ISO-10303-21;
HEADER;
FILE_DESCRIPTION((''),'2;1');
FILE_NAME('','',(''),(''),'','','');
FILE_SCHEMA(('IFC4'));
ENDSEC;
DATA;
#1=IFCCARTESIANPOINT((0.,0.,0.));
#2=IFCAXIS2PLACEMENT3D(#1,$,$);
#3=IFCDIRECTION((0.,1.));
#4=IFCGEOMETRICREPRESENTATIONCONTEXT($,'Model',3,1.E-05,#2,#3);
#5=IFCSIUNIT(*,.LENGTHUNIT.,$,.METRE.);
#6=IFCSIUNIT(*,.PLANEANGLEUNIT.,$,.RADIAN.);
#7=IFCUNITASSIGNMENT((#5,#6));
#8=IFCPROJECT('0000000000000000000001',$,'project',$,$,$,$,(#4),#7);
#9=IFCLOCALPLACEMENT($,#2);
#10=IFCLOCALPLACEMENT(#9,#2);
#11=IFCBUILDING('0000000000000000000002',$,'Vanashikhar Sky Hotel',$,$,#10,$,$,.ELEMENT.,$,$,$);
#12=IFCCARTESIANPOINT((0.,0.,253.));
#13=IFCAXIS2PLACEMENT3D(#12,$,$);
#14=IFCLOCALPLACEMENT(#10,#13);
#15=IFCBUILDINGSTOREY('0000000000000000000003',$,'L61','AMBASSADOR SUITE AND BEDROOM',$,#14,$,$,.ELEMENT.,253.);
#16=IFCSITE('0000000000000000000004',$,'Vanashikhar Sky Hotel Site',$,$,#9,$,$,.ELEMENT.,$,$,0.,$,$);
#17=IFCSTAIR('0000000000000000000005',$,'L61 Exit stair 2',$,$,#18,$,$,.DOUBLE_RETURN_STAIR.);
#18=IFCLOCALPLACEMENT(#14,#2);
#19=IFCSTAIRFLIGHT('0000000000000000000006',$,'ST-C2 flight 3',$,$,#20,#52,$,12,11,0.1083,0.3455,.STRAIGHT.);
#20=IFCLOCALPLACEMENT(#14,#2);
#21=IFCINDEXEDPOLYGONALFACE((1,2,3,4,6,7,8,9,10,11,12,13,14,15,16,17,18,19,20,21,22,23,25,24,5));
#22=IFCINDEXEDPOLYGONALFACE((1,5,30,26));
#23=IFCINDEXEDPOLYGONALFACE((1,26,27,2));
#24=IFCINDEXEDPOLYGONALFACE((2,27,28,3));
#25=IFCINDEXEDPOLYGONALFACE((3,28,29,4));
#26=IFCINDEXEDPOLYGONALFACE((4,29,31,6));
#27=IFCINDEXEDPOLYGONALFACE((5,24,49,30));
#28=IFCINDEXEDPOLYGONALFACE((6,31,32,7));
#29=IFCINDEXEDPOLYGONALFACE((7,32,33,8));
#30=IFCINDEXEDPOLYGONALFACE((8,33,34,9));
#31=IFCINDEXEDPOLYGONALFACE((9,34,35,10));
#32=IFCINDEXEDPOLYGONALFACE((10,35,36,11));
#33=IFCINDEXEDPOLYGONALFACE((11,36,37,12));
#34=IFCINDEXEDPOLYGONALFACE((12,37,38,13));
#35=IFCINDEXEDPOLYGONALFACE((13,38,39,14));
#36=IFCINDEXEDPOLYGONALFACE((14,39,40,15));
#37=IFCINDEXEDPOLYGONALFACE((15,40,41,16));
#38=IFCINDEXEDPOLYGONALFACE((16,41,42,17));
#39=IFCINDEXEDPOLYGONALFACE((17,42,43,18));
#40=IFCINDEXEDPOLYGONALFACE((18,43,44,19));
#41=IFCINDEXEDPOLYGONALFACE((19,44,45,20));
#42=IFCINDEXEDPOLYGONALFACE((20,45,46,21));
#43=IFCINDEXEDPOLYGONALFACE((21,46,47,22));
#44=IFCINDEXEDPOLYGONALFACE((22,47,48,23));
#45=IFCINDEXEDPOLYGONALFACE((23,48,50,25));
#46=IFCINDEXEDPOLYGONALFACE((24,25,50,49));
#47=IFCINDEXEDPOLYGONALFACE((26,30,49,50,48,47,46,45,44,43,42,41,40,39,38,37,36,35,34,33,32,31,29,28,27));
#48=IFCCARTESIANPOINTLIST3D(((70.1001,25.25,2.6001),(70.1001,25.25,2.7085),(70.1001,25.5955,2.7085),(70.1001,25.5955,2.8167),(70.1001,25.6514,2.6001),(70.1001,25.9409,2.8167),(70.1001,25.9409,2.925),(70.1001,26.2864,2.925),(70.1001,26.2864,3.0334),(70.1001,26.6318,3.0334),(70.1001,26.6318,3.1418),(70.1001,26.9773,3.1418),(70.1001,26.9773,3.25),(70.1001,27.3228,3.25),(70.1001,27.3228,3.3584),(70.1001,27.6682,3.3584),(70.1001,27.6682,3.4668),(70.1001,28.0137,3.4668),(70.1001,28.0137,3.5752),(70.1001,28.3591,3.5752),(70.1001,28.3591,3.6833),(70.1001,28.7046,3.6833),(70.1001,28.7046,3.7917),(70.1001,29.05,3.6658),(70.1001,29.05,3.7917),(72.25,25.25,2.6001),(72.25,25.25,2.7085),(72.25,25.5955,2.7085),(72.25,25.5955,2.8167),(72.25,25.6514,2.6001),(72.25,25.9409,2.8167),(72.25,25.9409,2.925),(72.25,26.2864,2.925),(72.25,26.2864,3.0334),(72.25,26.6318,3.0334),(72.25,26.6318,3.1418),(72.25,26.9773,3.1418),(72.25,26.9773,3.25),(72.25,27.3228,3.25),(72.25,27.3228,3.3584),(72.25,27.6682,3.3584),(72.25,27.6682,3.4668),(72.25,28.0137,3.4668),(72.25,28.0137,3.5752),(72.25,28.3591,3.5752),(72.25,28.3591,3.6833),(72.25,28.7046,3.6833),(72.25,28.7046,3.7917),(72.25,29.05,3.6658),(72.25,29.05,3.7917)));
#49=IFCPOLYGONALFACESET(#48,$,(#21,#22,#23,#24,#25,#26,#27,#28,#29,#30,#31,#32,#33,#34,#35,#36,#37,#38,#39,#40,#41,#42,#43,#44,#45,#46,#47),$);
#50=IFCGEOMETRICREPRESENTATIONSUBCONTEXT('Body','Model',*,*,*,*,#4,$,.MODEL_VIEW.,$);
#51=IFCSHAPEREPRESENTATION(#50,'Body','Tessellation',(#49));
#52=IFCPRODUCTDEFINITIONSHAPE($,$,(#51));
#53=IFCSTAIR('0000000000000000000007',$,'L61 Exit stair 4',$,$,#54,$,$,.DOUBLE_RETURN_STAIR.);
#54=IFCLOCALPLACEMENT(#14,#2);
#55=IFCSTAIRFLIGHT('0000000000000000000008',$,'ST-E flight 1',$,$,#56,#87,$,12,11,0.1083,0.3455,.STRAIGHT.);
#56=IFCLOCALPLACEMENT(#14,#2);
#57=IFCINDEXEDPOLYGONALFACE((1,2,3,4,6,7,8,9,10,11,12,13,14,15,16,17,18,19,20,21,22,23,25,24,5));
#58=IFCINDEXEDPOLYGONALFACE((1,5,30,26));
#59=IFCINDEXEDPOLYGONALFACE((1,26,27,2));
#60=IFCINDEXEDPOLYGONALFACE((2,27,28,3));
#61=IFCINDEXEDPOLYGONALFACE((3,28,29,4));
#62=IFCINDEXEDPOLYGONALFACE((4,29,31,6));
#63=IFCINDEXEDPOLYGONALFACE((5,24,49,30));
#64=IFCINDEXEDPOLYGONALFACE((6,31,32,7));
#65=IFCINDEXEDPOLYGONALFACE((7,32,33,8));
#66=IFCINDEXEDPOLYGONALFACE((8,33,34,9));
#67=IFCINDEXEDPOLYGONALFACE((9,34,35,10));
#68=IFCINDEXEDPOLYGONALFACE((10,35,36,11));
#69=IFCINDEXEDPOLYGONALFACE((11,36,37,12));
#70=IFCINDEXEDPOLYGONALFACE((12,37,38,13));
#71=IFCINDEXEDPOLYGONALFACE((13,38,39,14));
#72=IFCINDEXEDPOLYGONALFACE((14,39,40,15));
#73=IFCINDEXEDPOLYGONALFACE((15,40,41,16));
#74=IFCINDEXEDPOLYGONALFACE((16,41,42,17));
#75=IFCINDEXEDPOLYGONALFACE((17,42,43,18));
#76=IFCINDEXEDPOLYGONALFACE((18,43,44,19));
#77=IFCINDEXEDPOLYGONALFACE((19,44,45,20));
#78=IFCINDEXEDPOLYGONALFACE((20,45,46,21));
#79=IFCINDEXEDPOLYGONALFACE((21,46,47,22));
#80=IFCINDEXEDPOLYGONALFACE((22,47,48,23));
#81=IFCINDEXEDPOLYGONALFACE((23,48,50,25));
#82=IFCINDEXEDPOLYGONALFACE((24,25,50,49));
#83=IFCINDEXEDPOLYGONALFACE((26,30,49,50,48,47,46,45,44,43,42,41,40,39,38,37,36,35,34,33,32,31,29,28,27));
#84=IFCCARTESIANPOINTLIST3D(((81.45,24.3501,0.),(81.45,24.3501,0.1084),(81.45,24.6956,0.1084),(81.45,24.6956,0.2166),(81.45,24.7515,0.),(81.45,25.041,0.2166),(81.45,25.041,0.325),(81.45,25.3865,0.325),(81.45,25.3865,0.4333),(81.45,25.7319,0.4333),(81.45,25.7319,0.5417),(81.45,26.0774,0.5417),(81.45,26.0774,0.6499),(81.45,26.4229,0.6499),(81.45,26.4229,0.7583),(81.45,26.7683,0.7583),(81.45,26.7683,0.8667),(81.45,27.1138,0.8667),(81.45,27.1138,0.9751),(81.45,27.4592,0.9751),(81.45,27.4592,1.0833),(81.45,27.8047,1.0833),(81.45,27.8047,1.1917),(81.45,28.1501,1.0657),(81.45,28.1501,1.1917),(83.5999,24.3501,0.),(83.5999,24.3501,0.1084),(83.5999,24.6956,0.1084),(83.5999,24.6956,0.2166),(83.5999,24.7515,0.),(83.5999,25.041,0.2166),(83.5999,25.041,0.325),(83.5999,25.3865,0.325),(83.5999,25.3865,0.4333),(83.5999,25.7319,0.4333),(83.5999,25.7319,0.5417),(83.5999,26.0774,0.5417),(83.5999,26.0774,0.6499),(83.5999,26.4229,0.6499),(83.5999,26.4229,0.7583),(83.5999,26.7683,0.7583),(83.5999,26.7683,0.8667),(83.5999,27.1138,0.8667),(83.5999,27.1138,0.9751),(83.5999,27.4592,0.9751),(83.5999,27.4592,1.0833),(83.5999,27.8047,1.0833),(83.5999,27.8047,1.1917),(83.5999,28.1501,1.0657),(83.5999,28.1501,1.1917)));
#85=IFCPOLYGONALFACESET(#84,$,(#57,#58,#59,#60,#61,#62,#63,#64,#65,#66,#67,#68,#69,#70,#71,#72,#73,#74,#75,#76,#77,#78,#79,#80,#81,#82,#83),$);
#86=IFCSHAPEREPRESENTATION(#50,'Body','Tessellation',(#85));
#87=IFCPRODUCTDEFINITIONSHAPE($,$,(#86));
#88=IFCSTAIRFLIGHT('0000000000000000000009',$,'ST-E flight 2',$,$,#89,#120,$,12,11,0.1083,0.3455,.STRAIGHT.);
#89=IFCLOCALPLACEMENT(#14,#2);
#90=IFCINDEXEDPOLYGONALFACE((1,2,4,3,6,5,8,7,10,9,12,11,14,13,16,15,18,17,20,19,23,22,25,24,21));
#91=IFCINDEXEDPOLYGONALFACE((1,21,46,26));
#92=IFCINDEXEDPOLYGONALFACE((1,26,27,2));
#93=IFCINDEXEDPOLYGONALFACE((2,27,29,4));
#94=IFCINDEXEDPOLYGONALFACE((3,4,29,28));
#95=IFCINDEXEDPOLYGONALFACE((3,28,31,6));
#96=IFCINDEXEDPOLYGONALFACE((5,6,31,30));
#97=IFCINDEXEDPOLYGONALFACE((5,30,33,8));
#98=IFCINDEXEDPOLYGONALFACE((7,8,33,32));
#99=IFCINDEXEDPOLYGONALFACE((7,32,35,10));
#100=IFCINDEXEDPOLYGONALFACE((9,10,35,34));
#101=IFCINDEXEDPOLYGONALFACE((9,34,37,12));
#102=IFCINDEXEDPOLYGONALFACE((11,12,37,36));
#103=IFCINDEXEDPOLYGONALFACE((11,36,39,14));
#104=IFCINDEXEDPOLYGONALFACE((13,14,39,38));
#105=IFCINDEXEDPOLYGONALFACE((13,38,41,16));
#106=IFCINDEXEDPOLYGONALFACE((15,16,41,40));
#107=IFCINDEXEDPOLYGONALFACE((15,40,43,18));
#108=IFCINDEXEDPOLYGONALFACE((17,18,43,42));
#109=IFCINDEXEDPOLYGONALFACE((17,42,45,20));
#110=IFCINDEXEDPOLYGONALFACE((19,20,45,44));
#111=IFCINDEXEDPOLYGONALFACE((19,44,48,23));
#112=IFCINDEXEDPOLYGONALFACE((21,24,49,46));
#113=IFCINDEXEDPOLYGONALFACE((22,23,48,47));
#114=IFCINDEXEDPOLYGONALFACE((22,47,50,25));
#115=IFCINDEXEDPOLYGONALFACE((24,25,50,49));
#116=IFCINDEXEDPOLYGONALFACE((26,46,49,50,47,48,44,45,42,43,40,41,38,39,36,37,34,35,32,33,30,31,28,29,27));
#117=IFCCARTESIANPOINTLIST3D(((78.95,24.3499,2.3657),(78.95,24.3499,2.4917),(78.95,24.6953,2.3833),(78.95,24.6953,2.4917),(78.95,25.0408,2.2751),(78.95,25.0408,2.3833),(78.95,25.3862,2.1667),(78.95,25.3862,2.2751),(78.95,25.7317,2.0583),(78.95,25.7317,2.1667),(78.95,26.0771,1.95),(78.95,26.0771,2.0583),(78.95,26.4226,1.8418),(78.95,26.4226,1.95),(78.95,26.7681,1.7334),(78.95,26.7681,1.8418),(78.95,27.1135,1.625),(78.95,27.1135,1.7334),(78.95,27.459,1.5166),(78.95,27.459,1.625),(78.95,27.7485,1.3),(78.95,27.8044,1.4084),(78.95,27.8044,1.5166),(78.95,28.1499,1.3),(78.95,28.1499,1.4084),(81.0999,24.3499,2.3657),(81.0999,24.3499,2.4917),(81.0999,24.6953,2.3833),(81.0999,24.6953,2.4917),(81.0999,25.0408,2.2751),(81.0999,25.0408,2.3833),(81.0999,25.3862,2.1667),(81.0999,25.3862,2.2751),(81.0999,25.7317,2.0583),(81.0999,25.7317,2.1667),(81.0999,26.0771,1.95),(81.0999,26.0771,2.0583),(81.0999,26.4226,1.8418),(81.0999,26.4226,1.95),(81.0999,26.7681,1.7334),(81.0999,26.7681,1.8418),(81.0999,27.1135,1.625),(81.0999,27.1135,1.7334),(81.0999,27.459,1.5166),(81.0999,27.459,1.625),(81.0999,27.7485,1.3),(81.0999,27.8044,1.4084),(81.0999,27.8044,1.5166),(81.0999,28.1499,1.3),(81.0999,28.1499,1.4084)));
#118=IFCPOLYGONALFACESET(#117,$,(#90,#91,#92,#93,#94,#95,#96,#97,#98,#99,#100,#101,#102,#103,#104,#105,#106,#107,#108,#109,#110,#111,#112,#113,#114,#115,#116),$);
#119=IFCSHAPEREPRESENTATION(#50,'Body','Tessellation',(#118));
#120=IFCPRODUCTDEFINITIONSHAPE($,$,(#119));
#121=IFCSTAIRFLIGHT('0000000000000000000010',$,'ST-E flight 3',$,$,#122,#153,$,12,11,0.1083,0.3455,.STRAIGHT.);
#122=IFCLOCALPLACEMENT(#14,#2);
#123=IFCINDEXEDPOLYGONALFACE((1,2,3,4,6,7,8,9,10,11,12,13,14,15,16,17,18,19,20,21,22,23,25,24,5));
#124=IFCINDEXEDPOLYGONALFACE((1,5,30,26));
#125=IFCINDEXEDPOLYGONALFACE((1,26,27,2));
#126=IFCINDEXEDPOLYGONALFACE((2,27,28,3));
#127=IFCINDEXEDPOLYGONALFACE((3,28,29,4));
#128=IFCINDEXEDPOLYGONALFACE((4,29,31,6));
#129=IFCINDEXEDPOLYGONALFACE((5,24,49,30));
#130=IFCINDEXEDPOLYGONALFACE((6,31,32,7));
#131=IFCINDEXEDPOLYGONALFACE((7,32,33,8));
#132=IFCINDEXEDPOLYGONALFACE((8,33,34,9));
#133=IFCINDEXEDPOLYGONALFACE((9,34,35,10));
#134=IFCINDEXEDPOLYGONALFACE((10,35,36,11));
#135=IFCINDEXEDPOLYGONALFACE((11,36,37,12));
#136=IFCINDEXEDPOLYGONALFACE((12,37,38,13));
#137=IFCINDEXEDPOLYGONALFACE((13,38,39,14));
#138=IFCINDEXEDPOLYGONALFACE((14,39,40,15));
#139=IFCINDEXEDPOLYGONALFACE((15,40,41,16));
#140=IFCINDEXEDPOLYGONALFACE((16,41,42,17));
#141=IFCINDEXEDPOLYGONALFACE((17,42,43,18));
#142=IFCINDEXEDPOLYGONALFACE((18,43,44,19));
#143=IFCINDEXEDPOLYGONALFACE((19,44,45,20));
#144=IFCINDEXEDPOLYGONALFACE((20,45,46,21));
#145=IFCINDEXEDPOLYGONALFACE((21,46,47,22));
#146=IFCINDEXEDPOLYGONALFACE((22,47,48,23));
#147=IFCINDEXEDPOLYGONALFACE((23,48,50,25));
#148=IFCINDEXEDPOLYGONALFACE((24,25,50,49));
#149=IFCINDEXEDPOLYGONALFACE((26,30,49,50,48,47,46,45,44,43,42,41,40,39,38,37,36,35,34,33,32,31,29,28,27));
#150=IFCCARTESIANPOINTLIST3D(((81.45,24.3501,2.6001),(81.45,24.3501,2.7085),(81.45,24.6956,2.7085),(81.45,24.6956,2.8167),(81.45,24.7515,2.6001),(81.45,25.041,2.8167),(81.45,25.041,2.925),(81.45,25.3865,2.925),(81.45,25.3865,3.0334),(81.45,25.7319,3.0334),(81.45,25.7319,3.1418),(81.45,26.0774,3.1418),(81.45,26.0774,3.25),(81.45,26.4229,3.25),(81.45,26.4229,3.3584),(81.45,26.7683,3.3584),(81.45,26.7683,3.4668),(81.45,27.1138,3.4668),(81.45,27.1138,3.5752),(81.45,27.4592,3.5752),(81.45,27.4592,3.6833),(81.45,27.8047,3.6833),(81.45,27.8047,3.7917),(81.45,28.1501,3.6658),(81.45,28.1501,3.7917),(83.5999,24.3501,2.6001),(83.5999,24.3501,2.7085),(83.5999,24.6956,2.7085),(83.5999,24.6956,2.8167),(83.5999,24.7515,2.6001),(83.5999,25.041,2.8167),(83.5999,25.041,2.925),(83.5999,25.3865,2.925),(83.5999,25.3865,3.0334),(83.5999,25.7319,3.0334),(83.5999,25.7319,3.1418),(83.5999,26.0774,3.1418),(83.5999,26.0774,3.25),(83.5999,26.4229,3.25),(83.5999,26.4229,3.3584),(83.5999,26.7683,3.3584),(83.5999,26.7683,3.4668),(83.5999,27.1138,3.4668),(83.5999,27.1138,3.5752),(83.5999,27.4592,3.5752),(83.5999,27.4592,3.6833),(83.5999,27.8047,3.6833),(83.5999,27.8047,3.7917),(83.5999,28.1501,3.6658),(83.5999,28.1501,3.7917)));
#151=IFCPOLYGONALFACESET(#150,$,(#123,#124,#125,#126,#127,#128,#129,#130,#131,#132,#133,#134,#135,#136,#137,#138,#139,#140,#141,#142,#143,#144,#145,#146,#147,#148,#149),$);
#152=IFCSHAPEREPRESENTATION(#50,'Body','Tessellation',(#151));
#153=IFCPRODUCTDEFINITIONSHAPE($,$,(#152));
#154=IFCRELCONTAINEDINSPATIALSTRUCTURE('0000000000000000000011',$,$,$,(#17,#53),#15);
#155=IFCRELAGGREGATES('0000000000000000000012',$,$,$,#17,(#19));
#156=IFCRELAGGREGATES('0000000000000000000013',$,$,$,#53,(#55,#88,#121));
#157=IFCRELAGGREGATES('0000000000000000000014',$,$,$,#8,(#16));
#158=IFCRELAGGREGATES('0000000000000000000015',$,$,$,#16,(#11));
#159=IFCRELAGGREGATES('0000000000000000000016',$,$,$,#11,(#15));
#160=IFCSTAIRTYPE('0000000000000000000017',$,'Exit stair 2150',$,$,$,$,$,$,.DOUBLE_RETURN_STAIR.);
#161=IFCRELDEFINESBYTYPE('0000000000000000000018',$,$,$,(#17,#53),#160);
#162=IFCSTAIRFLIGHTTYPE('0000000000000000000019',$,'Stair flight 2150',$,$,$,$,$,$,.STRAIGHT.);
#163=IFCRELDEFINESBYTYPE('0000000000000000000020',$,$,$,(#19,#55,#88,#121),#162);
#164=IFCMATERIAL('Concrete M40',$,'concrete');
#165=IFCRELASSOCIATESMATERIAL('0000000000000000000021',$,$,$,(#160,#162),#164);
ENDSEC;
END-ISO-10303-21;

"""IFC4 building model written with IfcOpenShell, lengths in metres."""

from ifc_helpers import new_model, si_unit, direction, frame, origin, place, context, subcontext, project, spatial, polyline, outline, extrude, source, transform, mapped, material, type_object, element, aggregate, save


model = new_model("IFC4")

# Units and contexts
model_context = context("Model", 3, precision=1e-05, world=origin(), true_north=direction((0.0, 1.0)))
body_context = subcontext(model_context, "Body", "Model", "MODEL_VIEW")
ifc_project = project(units=[si_unit("LENGTHUNIT", "METRE"), si_unit("PLANEANGLEUNIT", "RADIAN")], contexts=[model_context])

# Site, building, storey
site_placement = place(None, origin())
site = spatial("IfcSite", under=ifc_project, at=site_placement, Name="Vanashikhar Sky Hotel Site", CompositionType="ELEMENT", RefElevation=0.0)
building_placement = place(site_placement, origin())
building = spatial("IfcBuilding", under=site, at=building_placement, Name="Vanashikhar Sky Hotel", CompositionType="ELEMENT")
storey_placement = place(building_placement, frame((0.0, 0.0, 253.0)))
storey = spatial("IfcBuildingStorey", under=building, at=storey_placement, Name="L61", Description="AMBASSADOR SUITE AND BEDROOM", CompositionType="ELEMENT", Elevation=253.0)

# Stairs, stair flights
ifc_material_1 = material(Name="Concrete M40", Category="concrete")
stair_type = type_object("IfcStairType", Name="Exit stair 2150", PredefinedType="DOUBLE_RETURN_STAIR", material=ifc_material_1)
stair_1_placement = place(storey_placement, origin())
stair_1 = element("IfcStair", 1, at=stair_1_placement, inside=storey, type_object=stair_type, Name="L61 Exit stair 2", PredefinedType="DOUBLE_RETURN_STAIR")
stair_flight_type = type_object("IfcStairFlightType", Name="Stair flight 2150", PredefinedType="STRAIGHT", material=ifc_material_1)
shared_shape_1 = source(origin(), body_context, "Body", "SweptSolid", [
    extrude(outline(polyline([(0.0, 0.0), (0.0, 0.1084), (0.3455, 0.1084), (0.3455, 0.2166), (0.6909, 0.2166), (0.6909, 0.325), (1.0364, 0.325), (1.0364, 0.4333), (1.3818, 0.4333), (1.3818, 0.5417), (1.7273, 0.5417), (1.7273, 0.6499), (2.0728, 0.6499), (2.0728, 0.7583), (2.4182, 0.7583), (2.4182, 0.8667), (2.7637, 0.8667), (2.7637, 0.9751), (3.1091, 0.9751), (3.1091, 1.0833), (3.4546, 1.0833), (3.4546, 1.1917), (3.8, 1.1917), (3.8, 1.3), (3.8, 1.0657), (0.4014, 0.0), (0.0, 0.0)])), frame((0.0, 1.075, 0.0), z_axis=(0.0, -1.0, 0.0), x_axis=(1.0, 0.0, 0.0)), (0.0, 0.0, 1.0), 2.1499),
])
stair_flight_1_placement = place(storey_placement, frame((71.175, 25.25, 2.6001), z_axis=(0.0, 0.0, 1.0), x_axis=(0.0, 1.0, 0.0)))
stair_flight_1 = element("IfcStairFlight", 2, at=stair_flight_1_placement, type_object=stair_flight_type, Name="ST-C2 flight 3", NumberOfRisers=12, NumberOfTreads=11, PredefinedType="STRAIGHT", RiserHeight=0.1083, TreadLength=0.3455, context=body_context, shape_type="MappedRepresentation", body=[
    mapped(shared_shape_1, transform((0.0, 0.0, 0.0), scale=1.0)),
])
aggregate(stair_1, [stair_flight_1])
stair_2_placement = place(storey_placement, origin())
stair_2 = element("IfcStair", 3, at=stair_2_placement, inside=storey, type_object=stair_type, Name="L61 Exit stair 4", PredefinedType="DOUBLE_RETURN_STAIR")
stair_flight_2_placement = place(storey_placement, frame((82.5249, 24.3501, 0.0), z_axis=(0.0, 0.0, 1.0), x_axis=(0.0, 1.0, 0.0)))
stair_flight_2 = element("IfcStairFlight", 4, at=stair_flight_2_placement, type_object=stair_flight_type, Name="ST-E flight 1", NumberOfRisers=12, NumberOfTreads=11, PredefinedType="STRAIGHT", RiserHeight=0.1083, TreadLength=0.3455, context=body_context, shape_type="MappedRepresentation", body=[
    mapped(shared_shape_1, transform((0.0, 0.0, 0.0), scale=1.0)),
])
stair_flight_3_placement = place(storey_placement, frame((80.0249, 28.1499, 1.3), z_axis=(0.0, 0.0, 1.0), x_axis=(0.0, -1.0, 0.0)))
stair_flight_3 = element("IfcStairFlight", 5, at=stair_flight_3_placement, type_object=stair_flight_type, Name="ST-E flight 2", NumberOfRisers=12, NumberOfTreads=11, PredefinedType="STRAIGHT", RiserHeight=0.1083, TreadLength=0.3455, context=body_context, shape_type="MappedRepresentation", body=[
    mapped(shared_shape_1, transform((0.0, 0.0, 0.0), scale=1.0)),
])
stair_flight_4_placement = place(storey_placement, frame((82.5249, 24.3501, 2.6001), z_axis=(0.0, 0.0, 1.0), x_axis=(0.0, 1.0, 0.0)))
stair_flight_4 = element("IfcStairFlight", 6, at=stair_flight_4_placement, type_object=stair_flight_type, Name="ST-E flight 3", NumberOfRisers=12, NumberOfTreads=11, PredefinedType="STRAIGHT", RiserHeight=0.1083, TreadLength=0.3455, context=body_context, shape_type="MappedRepresentation", body=[
    mapped(shared_shape_1, transform((0.0, 0.0, 0.0), scale=1.0)),
])
aggregate(stair_2, [stair_flight_2, stair_flight_3, stair_flight_4])

save(model, "model.ifc")
